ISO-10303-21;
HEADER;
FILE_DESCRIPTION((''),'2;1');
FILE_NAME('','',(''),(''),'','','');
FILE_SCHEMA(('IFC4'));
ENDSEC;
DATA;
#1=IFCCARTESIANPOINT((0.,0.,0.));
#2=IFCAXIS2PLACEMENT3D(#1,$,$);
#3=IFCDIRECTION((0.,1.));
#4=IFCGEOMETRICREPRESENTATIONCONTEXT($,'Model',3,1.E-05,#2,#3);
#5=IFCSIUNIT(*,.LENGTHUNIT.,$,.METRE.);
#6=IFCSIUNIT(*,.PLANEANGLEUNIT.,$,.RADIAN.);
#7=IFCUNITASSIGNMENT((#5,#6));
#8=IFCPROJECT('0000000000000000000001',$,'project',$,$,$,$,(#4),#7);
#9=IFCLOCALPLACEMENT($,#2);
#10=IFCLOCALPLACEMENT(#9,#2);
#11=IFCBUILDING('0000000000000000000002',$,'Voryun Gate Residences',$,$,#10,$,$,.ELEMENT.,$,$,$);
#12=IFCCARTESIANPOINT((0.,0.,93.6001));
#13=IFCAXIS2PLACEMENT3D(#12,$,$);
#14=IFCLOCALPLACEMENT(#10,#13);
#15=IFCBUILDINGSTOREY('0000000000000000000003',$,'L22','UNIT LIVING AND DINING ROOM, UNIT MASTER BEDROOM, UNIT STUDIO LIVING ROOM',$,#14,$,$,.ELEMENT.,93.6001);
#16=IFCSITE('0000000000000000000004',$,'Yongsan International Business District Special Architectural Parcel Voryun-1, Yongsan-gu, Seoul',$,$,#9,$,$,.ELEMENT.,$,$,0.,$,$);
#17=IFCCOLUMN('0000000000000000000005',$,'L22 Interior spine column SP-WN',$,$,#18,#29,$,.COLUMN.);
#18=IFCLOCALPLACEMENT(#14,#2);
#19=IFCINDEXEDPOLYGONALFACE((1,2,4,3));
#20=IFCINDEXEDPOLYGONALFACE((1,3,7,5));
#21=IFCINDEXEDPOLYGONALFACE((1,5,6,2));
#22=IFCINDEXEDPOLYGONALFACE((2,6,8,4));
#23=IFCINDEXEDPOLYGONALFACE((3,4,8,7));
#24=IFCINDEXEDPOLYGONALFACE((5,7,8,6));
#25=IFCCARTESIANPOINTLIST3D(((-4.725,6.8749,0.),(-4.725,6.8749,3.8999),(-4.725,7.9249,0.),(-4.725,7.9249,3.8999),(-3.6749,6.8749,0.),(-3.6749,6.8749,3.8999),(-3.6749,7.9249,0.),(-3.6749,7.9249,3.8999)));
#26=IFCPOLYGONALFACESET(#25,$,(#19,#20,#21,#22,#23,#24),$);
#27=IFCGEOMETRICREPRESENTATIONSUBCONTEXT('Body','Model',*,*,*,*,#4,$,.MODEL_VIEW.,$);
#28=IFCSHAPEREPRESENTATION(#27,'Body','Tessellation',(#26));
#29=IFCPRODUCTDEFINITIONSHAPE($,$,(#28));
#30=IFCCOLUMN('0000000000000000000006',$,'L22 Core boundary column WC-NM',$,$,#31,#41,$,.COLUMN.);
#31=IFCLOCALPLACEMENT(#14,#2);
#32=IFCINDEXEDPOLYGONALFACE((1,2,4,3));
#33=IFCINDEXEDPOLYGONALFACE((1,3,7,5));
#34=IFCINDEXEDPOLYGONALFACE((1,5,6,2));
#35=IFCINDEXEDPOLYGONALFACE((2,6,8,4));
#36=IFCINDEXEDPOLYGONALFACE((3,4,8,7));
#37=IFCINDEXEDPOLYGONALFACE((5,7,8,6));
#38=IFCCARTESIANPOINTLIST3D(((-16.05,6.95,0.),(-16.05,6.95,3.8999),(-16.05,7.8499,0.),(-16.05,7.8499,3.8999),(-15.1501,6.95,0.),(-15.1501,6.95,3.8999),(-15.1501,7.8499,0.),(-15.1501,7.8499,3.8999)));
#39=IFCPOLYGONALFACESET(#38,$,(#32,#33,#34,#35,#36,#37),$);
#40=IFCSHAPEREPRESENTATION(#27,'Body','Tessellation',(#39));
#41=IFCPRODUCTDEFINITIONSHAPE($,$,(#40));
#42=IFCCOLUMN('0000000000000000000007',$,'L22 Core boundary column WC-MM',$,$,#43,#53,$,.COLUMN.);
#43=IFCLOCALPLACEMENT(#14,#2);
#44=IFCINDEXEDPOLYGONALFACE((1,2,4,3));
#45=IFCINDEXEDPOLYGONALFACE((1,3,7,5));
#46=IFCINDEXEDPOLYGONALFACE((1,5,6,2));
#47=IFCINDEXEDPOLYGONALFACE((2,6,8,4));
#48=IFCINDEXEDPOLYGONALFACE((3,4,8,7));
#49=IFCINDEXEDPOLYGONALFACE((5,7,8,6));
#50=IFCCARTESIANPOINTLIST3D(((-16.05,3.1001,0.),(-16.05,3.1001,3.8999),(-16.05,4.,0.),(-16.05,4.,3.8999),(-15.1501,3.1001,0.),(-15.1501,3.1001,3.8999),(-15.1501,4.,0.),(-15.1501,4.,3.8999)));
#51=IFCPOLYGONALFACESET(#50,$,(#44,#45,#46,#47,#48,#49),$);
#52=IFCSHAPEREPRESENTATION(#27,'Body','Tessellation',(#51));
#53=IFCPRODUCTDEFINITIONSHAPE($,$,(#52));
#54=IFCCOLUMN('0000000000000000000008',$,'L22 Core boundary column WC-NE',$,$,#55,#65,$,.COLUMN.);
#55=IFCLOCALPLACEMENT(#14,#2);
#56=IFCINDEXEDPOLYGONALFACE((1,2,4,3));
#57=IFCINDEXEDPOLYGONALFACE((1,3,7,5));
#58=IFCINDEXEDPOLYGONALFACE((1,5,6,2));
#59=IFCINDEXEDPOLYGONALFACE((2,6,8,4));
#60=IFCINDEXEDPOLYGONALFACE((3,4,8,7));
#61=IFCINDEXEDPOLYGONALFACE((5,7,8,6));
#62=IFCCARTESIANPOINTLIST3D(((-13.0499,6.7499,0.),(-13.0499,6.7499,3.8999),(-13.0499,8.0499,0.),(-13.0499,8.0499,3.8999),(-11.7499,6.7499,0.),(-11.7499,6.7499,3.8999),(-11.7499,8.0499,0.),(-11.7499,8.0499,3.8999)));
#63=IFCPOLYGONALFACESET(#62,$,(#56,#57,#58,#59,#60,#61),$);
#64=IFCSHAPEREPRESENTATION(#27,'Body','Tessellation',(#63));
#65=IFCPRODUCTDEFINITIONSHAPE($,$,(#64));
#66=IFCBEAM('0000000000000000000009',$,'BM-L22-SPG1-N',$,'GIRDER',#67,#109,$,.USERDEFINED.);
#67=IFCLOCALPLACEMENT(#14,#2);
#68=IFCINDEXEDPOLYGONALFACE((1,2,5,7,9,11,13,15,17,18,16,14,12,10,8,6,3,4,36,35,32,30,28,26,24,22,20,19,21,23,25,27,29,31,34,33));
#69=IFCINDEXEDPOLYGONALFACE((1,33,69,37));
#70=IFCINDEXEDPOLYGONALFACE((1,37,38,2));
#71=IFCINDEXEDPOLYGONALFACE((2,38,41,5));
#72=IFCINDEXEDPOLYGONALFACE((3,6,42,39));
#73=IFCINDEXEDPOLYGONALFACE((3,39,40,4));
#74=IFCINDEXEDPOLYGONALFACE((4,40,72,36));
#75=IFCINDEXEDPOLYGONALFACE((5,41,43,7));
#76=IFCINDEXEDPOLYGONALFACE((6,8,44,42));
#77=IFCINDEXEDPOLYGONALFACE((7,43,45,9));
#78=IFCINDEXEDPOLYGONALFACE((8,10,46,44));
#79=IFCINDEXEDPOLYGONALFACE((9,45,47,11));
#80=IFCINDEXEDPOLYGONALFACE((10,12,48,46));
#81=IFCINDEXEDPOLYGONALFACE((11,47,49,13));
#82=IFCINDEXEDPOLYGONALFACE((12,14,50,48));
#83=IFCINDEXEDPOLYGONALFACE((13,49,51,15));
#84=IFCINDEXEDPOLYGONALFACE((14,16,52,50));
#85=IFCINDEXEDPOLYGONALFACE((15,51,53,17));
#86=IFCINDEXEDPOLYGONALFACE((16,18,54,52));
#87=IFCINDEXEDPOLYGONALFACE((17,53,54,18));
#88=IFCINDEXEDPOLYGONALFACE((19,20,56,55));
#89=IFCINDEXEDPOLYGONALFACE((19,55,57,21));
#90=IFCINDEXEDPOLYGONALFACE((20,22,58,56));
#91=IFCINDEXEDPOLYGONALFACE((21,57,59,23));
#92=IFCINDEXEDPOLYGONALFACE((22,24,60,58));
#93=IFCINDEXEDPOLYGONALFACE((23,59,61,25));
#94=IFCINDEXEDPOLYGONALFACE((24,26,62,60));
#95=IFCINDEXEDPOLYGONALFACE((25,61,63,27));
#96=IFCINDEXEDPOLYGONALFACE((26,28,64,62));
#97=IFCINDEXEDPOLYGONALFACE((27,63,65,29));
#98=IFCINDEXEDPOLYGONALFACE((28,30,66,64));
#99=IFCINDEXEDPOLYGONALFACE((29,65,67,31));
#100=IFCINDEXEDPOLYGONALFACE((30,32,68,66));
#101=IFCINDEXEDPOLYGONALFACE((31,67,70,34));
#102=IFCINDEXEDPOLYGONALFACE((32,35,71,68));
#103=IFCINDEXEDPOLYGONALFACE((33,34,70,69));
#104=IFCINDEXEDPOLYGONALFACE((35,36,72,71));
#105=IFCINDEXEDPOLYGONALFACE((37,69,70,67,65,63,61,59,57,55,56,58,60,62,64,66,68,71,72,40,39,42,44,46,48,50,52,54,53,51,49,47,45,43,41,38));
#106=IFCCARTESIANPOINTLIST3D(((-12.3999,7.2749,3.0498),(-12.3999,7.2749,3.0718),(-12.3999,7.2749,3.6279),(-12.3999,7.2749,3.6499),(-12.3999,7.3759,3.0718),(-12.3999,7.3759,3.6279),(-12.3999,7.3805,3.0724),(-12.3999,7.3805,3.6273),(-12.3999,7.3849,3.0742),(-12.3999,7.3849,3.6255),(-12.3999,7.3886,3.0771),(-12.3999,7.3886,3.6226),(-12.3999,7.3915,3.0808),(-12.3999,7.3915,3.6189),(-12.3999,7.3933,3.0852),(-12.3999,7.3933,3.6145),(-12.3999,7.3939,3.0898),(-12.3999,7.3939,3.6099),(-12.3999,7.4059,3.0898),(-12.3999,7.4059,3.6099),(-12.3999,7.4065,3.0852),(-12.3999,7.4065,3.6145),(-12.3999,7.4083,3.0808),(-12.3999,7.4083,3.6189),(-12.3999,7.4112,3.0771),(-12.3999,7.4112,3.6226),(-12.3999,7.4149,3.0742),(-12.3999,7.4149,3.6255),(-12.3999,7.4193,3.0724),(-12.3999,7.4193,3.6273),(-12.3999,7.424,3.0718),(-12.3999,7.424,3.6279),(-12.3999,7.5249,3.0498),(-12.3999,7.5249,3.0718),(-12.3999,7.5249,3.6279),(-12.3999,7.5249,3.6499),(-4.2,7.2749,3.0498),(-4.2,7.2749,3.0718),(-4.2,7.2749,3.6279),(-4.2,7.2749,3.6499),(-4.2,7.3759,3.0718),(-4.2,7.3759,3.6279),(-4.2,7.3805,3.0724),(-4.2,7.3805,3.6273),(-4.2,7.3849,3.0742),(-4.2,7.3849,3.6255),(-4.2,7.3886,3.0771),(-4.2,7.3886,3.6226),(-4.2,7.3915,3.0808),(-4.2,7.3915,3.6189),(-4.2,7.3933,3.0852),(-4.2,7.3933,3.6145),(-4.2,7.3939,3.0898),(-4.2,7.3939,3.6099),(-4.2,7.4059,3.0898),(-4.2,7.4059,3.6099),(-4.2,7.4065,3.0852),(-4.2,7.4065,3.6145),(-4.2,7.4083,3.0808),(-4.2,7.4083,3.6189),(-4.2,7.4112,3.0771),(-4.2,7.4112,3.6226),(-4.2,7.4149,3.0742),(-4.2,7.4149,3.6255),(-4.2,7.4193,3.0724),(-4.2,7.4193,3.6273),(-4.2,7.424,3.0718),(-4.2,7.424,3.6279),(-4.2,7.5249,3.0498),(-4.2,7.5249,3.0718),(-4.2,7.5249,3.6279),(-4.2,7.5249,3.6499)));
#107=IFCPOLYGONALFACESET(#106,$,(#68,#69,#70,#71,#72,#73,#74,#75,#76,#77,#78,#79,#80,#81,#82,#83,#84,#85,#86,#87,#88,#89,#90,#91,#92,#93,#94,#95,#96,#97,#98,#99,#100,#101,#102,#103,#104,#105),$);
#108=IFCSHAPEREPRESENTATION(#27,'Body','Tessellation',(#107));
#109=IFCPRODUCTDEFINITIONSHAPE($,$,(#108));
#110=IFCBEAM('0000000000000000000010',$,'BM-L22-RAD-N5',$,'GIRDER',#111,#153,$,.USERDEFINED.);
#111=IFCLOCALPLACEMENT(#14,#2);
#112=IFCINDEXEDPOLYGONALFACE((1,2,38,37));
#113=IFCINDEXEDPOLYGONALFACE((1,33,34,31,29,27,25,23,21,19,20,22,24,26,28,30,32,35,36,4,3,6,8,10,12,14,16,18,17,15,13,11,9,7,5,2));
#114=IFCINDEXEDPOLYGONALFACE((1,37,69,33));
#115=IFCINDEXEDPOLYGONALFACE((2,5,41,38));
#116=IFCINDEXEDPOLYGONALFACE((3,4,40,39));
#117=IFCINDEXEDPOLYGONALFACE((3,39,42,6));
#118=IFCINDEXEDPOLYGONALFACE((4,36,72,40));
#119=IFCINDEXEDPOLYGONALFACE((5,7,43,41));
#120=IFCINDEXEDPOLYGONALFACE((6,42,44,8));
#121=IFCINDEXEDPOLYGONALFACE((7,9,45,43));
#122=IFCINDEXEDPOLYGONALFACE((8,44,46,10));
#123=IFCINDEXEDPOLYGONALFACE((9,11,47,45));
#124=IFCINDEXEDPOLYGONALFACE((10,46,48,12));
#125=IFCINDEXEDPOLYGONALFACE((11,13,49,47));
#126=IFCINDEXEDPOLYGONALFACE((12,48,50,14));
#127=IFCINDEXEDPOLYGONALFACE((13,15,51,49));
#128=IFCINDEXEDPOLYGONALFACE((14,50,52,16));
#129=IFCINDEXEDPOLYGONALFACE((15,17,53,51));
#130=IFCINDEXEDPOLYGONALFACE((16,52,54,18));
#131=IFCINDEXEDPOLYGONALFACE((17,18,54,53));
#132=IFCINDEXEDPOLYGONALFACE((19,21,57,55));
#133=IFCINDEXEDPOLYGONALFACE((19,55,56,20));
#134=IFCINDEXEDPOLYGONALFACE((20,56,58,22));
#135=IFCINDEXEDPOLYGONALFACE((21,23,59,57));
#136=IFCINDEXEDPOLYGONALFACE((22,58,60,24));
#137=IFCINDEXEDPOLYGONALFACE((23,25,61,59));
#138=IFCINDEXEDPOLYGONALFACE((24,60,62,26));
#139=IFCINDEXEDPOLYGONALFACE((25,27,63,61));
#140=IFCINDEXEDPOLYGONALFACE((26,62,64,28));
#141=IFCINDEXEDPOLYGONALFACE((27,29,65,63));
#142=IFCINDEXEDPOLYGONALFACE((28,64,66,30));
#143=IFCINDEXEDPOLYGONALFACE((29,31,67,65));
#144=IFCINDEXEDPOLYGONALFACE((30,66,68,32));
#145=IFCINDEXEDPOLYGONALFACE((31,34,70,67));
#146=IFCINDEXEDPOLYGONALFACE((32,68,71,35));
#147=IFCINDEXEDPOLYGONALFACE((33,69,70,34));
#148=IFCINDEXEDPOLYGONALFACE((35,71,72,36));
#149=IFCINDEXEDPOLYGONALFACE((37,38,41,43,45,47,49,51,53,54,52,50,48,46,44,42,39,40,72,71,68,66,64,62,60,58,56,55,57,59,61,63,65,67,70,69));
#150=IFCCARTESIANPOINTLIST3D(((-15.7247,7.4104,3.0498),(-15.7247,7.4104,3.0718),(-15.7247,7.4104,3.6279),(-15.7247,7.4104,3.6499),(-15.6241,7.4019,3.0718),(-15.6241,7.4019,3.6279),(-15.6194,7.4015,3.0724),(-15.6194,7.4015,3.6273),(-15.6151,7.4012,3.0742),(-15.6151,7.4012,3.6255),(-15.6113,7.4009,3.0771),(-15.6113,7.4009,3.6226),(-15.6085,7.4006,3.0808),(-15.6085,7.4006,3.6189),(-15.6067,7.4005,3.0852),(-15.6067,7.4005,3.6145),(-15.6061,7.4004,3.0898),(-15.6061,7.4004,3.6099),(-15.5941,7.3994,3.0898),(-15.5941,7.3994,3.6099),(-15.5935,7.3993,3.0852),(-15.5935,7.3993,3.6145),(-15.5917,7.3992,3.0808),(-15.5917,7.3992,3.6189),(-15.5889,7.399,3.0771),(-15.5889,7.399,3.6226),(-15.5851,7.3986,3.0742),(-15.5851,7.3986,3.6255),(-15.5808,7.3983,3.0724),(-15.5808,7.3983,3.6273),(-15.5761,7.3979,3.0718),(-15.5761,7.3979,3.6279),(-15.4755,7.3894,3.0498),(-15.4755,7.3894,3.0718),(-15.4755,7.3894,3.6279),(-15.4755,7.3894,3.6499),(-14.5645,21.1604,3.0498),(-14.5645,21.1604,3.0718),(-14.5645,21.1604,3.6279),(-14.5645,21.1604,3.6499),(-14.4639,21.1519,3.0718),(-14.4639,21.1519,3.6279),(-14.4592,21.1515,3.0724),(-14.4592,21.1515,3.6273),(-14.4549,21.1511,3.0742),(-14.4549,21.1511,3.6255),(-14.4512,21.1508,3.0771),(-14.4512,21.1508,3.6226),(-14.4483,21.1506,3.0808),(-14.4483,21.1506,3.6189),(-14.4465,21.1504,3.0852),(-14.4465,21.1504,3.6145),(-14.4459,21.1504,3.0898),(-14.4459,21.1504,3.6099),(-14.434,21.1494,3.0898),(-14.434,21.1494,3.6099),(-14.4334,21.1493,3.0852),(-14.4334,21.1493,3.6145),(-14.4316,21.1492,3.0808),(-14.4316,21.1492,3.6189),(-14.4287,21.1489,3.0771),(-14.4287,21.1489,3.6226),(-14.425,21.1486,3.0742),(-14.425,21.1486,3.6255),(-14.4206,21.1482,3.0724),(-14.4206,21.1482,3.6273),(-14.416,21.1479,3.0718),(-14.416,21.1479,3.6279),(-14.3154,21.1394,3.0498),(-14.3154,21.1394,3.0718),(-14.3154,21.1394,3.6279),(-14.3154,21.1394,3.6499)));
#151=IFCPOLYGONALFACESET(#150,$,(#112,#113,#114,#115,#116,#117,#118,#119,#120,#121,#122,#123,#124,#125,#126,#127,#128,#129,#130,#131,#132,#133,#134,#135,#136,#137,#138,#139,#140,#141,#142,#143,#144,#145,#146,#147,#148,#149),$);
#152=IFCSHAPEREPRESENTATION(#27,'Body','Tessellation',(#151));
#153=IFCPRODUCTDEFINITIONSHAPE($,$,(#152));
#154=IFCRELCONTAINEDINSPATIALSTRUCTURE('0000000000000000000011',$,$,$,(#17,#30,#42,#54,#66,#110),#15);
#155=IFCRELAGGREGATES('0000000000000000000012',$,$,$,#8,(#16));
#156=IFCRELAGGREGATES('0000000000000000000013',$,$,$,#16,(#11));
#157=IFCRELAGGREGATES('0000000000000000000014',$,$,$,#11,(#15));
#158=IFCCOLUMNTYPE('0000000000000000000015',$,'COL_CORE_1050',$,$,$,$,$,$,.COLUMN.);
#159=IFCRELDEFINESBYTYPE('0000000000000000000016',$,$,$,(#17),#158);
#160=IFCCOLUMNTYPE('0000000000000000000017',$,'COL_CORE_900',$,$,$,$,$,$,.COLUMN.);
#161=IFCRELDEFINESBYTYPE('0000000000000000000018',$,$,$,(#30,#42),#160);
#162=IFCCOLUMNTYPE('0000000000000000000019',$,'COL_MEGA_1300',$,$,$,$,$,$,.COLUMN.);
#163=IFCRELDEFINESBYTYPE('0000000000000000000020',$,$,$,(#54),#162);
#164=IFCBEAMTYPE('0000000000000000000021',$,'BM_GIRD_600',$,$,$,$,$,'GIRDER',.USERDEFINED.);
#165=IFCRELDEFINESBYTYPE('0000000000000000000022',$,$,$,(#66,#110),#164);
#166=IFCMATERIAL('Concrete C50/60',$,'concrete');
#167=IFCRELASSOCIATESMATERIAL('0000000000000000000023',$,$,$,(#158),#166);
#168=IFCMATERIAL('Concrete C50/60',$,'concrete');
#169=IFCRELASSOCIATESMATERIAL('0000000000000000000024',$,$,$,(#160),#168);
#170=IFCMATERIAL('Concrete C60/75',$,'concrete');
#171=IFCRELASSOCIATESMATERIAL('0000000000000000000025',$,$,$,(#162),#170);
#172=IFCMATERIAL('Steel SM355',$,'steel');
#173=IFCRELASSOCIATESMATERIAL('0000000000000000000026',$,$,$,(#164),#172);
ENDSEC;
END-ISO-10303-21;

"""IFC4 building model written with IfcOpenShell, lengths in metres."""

from ifc_helpers import new_model, si_unit, direction, frame, origin, origin_2d, place, context, subcontext, project, spatial, rectangle, i_section, extrude, material, material_profile, profile_set, type_object, element, save


model = new_model("IFC4")

# Units and contexts
model_context = context("Model", 3, precision=1e-05, world=origin(), true_north=direction((0.0, 1.0)))
body_context = subcontext(model_context, "Body", "Model", "MODEL_VIEW")
ifc_project = project(units=[si_unit("LENGTHUNIT", "METRE"), si_unit("PLANEANGLEUNIT", "RADIAN")], contexts=[model_context])

# Site, building, storey
site_placement = place(None, origin())
site = spatial("IfcSite", under=ifc_project, at=site_placement, Name="Yongsan International Business District Special Architectural Parcel Voryun-1, Yongsan-gu, Seoul", CompositionType="ELEMENT", RefElevation=0.0)
building_placement = place(site_placement, origin())
building = spatial("IfcBuilding", under=site, at=building_placement, Name="Voryun Gate Residences", CompositionType="ELEMENT")
storey_placement = place(building_placement, frame((0.0, 0.0, 93.6001)))
storey = spatial("IfcBuildingStorey", under=building, at=storey_placement, Name="L22", Description="UNIT LIVING AND DINING ROOM, UNIT MASTER BEDROOM, UNIT STUDIO LIVING ROOM", CompositionType="ELEMENT", Elevation=93.6001)

# Columns
ifc_material_1 = material(Name="Concrete C50/60", Category="concrete")
ifc_material_profile_1 = material_profile(ifc_material_1, rectangle(XDim=1.05, YDim=1.05, at=origin_2d()), Name="RC-1050x1050")
ifc_profile_set_1 = profile_set([ifc_material_profile_1], Name="Concrete C50/60")
column_type_1 = type_object("IfcColumnType", Name="COL_CORE_1050", PredefinedType="COLUMN", material=ifc_profile_set_1)
column_1_placement = place(storey_placement, frame((-4.2, 7.3999, 0.0), z_axis=(0.0, 0.0, 1.0), x_axis=(1.0, 0.0, 0.0)))
element("IfcColumn", 1, at=column_1_placement, inside=storey, type_object=column_type_1, Name="L22 Interior spine column SP-WN", PredefinedType="COLUMN", context=body_context, shape_type="SweptSolid", body=[
    extrude(rectangle(XDim=1.05, YDim=1.05, at=origin_2d()), origin(), (0.0, 0.0, 1.0), 3.8999),
])
ifc_material_2 = material(Name="Concrete C50/60", Category="concrete")
ifc_material_profile_2 = material_profile(ifc_material_2, rectangle(XDim=0.8999, YDim=0.8999, at=origin_2d()), Name="RC-900x900")
ifc_profile_set_2 = profile_set([ifc_material_profile_2], Name="Concrete C50/60")
column_type_2 = type_object("IfcColumnType", Name="COL_CORE_900", PredefinedType="COLUMN", material=ifc_profile_set_2)
for number, where, z_axis, x_axis, name in (
    (2, (-15.6001, 7.3999, 0.0), (0.0, 0.0, 1.0), (1.0, 0.0, 0.0), "L22 Core boundary column WC-NM"),
    (3, (-15.6001, 3.55, 0.0), (0.0, 0.0, 1.0), (1.0, 0.0, 0.0), "L22 Core boundary column WC-MM"),
):
    element("IfcColumn", number, at=place(storey_placement, frame(where, z_axis=z_axis, x_axis=x_axis)), inside=storey, type_object=column_type_2, Name=name, PredefinedType="COLUMN", context=body_context, shape_type="SweptSolid", body=[
        extrude(rectangle(XDim=0.8999, YDim=0.8999, at=origin_2d()), origin(), (0.0, 0.0, 1.0), 3.8999),
    ])
ifc_material_3 = material(Name="Concrete C60/75", Category="concrete")
ifc_material_profile_3 = material_profile(ifc_material_3, rectangle(XDim=1.3, YDim=1.3, at=origin_2d()), Name="RC-1300x1300")
ifc_profile_set_3 = profile_set([ifc_material_profile_3], Name="Concrete C60/75")
column_type_3 = type_object("IfcColumnType", Name="COL_MEGA_1300", PredefinedType="COLUMN", material=ifc_profile_set_3)
column_2_placement = place(storey_placement, frame((-12.3999, 7.3999, 0.0), z_axis=(0.0, 0.0, 1.0), x_axis=(1.0, 0.0, 0.0)))
element("IfcColumn", 4, at=column_2_placement, inside=storey, type_object=column_type_3, Name="L22 Core boundary column WC-NE", PredefinedType="COLUMN", context=body_context, shape_type="SweptSolid", body=[
    extrude(rectangle(XDim=1.3, YDim=1.3, at=origin_2d()), origin(), (0.0, 0.0, 1.0), 3.8999),
])

# Beams
ifc_material_4 = material(Name="Steel SM355", Category="steel")
ifc_material_profile_4 = material_profile(ifc_material_4, i_section(OverallWidth=0.25, OverallDepth=0.6001, WebThickness=0.012, FlangeThickness=0.022, FilletRadius=0.0181, at=origin_2d()), Name="H-600x250x12x22")
ifc_profile_set_4 = profile_set([ifc_material_profile_4], Name="Steel SM355")
beam_type_1 = type_object("IfcBeamType", Name="BM_GIRD_600", ElementType="GIRDER", PredefinedType="USERDEFINED", material=ifc_profile_set_4)
beam_1_placement = place(storey_placement, frame((-12.3999, 7.3999, 3.3499), z_axis=(1.0, 0.0, 0.0), x_axis=(0.0, 1.0, 0.0)))
element("IfcBeam", 5, at=beam_1_placement, inside=storey, type_object=beam_type_1, Name="BM-L22-SPG1-N", ObjectType="GIRDER", PredefinedType="USERDEFINED", context=body_context, shape_type="SweptSolid", body=[
    extrude(i_section(OverallWidth=0.25, OverallDepth=0.6001, WebThickness=0.012, FlangeThickness=0.022, FilletRadius=0.0181, at=origin_2d()), origin(), (0.0, 0.0, 1.0), 8.2),
])
beam_2_placement = place(storey_placement, frame((-15.6001, 7.3999, 3.3499), z_axis=(0.084076, 0.996459, 0.0), x_axis=(-0.996459, 0.084076, 0.0)))
element("IfcBeam", 6, at=beam_2_placement, inside=storey, type_object=beam_type_1, Name="BM-L22-RAD-N5", ObjectType="GIRDER", PredefinedType="USERDEFINED", context=body_context, shape_type="SweptSolid", body=[
    extrude(i_section(OverallWidth=0.25, OverallDepth=0.6001, WebThickness=0.012, FlangeThickness=0.022, FilletRadius=0.0181, at=origin_2d()), origin(), (0.0, 0.0, 1.0), 13.7988),
])

save(model, "model.ifc")
